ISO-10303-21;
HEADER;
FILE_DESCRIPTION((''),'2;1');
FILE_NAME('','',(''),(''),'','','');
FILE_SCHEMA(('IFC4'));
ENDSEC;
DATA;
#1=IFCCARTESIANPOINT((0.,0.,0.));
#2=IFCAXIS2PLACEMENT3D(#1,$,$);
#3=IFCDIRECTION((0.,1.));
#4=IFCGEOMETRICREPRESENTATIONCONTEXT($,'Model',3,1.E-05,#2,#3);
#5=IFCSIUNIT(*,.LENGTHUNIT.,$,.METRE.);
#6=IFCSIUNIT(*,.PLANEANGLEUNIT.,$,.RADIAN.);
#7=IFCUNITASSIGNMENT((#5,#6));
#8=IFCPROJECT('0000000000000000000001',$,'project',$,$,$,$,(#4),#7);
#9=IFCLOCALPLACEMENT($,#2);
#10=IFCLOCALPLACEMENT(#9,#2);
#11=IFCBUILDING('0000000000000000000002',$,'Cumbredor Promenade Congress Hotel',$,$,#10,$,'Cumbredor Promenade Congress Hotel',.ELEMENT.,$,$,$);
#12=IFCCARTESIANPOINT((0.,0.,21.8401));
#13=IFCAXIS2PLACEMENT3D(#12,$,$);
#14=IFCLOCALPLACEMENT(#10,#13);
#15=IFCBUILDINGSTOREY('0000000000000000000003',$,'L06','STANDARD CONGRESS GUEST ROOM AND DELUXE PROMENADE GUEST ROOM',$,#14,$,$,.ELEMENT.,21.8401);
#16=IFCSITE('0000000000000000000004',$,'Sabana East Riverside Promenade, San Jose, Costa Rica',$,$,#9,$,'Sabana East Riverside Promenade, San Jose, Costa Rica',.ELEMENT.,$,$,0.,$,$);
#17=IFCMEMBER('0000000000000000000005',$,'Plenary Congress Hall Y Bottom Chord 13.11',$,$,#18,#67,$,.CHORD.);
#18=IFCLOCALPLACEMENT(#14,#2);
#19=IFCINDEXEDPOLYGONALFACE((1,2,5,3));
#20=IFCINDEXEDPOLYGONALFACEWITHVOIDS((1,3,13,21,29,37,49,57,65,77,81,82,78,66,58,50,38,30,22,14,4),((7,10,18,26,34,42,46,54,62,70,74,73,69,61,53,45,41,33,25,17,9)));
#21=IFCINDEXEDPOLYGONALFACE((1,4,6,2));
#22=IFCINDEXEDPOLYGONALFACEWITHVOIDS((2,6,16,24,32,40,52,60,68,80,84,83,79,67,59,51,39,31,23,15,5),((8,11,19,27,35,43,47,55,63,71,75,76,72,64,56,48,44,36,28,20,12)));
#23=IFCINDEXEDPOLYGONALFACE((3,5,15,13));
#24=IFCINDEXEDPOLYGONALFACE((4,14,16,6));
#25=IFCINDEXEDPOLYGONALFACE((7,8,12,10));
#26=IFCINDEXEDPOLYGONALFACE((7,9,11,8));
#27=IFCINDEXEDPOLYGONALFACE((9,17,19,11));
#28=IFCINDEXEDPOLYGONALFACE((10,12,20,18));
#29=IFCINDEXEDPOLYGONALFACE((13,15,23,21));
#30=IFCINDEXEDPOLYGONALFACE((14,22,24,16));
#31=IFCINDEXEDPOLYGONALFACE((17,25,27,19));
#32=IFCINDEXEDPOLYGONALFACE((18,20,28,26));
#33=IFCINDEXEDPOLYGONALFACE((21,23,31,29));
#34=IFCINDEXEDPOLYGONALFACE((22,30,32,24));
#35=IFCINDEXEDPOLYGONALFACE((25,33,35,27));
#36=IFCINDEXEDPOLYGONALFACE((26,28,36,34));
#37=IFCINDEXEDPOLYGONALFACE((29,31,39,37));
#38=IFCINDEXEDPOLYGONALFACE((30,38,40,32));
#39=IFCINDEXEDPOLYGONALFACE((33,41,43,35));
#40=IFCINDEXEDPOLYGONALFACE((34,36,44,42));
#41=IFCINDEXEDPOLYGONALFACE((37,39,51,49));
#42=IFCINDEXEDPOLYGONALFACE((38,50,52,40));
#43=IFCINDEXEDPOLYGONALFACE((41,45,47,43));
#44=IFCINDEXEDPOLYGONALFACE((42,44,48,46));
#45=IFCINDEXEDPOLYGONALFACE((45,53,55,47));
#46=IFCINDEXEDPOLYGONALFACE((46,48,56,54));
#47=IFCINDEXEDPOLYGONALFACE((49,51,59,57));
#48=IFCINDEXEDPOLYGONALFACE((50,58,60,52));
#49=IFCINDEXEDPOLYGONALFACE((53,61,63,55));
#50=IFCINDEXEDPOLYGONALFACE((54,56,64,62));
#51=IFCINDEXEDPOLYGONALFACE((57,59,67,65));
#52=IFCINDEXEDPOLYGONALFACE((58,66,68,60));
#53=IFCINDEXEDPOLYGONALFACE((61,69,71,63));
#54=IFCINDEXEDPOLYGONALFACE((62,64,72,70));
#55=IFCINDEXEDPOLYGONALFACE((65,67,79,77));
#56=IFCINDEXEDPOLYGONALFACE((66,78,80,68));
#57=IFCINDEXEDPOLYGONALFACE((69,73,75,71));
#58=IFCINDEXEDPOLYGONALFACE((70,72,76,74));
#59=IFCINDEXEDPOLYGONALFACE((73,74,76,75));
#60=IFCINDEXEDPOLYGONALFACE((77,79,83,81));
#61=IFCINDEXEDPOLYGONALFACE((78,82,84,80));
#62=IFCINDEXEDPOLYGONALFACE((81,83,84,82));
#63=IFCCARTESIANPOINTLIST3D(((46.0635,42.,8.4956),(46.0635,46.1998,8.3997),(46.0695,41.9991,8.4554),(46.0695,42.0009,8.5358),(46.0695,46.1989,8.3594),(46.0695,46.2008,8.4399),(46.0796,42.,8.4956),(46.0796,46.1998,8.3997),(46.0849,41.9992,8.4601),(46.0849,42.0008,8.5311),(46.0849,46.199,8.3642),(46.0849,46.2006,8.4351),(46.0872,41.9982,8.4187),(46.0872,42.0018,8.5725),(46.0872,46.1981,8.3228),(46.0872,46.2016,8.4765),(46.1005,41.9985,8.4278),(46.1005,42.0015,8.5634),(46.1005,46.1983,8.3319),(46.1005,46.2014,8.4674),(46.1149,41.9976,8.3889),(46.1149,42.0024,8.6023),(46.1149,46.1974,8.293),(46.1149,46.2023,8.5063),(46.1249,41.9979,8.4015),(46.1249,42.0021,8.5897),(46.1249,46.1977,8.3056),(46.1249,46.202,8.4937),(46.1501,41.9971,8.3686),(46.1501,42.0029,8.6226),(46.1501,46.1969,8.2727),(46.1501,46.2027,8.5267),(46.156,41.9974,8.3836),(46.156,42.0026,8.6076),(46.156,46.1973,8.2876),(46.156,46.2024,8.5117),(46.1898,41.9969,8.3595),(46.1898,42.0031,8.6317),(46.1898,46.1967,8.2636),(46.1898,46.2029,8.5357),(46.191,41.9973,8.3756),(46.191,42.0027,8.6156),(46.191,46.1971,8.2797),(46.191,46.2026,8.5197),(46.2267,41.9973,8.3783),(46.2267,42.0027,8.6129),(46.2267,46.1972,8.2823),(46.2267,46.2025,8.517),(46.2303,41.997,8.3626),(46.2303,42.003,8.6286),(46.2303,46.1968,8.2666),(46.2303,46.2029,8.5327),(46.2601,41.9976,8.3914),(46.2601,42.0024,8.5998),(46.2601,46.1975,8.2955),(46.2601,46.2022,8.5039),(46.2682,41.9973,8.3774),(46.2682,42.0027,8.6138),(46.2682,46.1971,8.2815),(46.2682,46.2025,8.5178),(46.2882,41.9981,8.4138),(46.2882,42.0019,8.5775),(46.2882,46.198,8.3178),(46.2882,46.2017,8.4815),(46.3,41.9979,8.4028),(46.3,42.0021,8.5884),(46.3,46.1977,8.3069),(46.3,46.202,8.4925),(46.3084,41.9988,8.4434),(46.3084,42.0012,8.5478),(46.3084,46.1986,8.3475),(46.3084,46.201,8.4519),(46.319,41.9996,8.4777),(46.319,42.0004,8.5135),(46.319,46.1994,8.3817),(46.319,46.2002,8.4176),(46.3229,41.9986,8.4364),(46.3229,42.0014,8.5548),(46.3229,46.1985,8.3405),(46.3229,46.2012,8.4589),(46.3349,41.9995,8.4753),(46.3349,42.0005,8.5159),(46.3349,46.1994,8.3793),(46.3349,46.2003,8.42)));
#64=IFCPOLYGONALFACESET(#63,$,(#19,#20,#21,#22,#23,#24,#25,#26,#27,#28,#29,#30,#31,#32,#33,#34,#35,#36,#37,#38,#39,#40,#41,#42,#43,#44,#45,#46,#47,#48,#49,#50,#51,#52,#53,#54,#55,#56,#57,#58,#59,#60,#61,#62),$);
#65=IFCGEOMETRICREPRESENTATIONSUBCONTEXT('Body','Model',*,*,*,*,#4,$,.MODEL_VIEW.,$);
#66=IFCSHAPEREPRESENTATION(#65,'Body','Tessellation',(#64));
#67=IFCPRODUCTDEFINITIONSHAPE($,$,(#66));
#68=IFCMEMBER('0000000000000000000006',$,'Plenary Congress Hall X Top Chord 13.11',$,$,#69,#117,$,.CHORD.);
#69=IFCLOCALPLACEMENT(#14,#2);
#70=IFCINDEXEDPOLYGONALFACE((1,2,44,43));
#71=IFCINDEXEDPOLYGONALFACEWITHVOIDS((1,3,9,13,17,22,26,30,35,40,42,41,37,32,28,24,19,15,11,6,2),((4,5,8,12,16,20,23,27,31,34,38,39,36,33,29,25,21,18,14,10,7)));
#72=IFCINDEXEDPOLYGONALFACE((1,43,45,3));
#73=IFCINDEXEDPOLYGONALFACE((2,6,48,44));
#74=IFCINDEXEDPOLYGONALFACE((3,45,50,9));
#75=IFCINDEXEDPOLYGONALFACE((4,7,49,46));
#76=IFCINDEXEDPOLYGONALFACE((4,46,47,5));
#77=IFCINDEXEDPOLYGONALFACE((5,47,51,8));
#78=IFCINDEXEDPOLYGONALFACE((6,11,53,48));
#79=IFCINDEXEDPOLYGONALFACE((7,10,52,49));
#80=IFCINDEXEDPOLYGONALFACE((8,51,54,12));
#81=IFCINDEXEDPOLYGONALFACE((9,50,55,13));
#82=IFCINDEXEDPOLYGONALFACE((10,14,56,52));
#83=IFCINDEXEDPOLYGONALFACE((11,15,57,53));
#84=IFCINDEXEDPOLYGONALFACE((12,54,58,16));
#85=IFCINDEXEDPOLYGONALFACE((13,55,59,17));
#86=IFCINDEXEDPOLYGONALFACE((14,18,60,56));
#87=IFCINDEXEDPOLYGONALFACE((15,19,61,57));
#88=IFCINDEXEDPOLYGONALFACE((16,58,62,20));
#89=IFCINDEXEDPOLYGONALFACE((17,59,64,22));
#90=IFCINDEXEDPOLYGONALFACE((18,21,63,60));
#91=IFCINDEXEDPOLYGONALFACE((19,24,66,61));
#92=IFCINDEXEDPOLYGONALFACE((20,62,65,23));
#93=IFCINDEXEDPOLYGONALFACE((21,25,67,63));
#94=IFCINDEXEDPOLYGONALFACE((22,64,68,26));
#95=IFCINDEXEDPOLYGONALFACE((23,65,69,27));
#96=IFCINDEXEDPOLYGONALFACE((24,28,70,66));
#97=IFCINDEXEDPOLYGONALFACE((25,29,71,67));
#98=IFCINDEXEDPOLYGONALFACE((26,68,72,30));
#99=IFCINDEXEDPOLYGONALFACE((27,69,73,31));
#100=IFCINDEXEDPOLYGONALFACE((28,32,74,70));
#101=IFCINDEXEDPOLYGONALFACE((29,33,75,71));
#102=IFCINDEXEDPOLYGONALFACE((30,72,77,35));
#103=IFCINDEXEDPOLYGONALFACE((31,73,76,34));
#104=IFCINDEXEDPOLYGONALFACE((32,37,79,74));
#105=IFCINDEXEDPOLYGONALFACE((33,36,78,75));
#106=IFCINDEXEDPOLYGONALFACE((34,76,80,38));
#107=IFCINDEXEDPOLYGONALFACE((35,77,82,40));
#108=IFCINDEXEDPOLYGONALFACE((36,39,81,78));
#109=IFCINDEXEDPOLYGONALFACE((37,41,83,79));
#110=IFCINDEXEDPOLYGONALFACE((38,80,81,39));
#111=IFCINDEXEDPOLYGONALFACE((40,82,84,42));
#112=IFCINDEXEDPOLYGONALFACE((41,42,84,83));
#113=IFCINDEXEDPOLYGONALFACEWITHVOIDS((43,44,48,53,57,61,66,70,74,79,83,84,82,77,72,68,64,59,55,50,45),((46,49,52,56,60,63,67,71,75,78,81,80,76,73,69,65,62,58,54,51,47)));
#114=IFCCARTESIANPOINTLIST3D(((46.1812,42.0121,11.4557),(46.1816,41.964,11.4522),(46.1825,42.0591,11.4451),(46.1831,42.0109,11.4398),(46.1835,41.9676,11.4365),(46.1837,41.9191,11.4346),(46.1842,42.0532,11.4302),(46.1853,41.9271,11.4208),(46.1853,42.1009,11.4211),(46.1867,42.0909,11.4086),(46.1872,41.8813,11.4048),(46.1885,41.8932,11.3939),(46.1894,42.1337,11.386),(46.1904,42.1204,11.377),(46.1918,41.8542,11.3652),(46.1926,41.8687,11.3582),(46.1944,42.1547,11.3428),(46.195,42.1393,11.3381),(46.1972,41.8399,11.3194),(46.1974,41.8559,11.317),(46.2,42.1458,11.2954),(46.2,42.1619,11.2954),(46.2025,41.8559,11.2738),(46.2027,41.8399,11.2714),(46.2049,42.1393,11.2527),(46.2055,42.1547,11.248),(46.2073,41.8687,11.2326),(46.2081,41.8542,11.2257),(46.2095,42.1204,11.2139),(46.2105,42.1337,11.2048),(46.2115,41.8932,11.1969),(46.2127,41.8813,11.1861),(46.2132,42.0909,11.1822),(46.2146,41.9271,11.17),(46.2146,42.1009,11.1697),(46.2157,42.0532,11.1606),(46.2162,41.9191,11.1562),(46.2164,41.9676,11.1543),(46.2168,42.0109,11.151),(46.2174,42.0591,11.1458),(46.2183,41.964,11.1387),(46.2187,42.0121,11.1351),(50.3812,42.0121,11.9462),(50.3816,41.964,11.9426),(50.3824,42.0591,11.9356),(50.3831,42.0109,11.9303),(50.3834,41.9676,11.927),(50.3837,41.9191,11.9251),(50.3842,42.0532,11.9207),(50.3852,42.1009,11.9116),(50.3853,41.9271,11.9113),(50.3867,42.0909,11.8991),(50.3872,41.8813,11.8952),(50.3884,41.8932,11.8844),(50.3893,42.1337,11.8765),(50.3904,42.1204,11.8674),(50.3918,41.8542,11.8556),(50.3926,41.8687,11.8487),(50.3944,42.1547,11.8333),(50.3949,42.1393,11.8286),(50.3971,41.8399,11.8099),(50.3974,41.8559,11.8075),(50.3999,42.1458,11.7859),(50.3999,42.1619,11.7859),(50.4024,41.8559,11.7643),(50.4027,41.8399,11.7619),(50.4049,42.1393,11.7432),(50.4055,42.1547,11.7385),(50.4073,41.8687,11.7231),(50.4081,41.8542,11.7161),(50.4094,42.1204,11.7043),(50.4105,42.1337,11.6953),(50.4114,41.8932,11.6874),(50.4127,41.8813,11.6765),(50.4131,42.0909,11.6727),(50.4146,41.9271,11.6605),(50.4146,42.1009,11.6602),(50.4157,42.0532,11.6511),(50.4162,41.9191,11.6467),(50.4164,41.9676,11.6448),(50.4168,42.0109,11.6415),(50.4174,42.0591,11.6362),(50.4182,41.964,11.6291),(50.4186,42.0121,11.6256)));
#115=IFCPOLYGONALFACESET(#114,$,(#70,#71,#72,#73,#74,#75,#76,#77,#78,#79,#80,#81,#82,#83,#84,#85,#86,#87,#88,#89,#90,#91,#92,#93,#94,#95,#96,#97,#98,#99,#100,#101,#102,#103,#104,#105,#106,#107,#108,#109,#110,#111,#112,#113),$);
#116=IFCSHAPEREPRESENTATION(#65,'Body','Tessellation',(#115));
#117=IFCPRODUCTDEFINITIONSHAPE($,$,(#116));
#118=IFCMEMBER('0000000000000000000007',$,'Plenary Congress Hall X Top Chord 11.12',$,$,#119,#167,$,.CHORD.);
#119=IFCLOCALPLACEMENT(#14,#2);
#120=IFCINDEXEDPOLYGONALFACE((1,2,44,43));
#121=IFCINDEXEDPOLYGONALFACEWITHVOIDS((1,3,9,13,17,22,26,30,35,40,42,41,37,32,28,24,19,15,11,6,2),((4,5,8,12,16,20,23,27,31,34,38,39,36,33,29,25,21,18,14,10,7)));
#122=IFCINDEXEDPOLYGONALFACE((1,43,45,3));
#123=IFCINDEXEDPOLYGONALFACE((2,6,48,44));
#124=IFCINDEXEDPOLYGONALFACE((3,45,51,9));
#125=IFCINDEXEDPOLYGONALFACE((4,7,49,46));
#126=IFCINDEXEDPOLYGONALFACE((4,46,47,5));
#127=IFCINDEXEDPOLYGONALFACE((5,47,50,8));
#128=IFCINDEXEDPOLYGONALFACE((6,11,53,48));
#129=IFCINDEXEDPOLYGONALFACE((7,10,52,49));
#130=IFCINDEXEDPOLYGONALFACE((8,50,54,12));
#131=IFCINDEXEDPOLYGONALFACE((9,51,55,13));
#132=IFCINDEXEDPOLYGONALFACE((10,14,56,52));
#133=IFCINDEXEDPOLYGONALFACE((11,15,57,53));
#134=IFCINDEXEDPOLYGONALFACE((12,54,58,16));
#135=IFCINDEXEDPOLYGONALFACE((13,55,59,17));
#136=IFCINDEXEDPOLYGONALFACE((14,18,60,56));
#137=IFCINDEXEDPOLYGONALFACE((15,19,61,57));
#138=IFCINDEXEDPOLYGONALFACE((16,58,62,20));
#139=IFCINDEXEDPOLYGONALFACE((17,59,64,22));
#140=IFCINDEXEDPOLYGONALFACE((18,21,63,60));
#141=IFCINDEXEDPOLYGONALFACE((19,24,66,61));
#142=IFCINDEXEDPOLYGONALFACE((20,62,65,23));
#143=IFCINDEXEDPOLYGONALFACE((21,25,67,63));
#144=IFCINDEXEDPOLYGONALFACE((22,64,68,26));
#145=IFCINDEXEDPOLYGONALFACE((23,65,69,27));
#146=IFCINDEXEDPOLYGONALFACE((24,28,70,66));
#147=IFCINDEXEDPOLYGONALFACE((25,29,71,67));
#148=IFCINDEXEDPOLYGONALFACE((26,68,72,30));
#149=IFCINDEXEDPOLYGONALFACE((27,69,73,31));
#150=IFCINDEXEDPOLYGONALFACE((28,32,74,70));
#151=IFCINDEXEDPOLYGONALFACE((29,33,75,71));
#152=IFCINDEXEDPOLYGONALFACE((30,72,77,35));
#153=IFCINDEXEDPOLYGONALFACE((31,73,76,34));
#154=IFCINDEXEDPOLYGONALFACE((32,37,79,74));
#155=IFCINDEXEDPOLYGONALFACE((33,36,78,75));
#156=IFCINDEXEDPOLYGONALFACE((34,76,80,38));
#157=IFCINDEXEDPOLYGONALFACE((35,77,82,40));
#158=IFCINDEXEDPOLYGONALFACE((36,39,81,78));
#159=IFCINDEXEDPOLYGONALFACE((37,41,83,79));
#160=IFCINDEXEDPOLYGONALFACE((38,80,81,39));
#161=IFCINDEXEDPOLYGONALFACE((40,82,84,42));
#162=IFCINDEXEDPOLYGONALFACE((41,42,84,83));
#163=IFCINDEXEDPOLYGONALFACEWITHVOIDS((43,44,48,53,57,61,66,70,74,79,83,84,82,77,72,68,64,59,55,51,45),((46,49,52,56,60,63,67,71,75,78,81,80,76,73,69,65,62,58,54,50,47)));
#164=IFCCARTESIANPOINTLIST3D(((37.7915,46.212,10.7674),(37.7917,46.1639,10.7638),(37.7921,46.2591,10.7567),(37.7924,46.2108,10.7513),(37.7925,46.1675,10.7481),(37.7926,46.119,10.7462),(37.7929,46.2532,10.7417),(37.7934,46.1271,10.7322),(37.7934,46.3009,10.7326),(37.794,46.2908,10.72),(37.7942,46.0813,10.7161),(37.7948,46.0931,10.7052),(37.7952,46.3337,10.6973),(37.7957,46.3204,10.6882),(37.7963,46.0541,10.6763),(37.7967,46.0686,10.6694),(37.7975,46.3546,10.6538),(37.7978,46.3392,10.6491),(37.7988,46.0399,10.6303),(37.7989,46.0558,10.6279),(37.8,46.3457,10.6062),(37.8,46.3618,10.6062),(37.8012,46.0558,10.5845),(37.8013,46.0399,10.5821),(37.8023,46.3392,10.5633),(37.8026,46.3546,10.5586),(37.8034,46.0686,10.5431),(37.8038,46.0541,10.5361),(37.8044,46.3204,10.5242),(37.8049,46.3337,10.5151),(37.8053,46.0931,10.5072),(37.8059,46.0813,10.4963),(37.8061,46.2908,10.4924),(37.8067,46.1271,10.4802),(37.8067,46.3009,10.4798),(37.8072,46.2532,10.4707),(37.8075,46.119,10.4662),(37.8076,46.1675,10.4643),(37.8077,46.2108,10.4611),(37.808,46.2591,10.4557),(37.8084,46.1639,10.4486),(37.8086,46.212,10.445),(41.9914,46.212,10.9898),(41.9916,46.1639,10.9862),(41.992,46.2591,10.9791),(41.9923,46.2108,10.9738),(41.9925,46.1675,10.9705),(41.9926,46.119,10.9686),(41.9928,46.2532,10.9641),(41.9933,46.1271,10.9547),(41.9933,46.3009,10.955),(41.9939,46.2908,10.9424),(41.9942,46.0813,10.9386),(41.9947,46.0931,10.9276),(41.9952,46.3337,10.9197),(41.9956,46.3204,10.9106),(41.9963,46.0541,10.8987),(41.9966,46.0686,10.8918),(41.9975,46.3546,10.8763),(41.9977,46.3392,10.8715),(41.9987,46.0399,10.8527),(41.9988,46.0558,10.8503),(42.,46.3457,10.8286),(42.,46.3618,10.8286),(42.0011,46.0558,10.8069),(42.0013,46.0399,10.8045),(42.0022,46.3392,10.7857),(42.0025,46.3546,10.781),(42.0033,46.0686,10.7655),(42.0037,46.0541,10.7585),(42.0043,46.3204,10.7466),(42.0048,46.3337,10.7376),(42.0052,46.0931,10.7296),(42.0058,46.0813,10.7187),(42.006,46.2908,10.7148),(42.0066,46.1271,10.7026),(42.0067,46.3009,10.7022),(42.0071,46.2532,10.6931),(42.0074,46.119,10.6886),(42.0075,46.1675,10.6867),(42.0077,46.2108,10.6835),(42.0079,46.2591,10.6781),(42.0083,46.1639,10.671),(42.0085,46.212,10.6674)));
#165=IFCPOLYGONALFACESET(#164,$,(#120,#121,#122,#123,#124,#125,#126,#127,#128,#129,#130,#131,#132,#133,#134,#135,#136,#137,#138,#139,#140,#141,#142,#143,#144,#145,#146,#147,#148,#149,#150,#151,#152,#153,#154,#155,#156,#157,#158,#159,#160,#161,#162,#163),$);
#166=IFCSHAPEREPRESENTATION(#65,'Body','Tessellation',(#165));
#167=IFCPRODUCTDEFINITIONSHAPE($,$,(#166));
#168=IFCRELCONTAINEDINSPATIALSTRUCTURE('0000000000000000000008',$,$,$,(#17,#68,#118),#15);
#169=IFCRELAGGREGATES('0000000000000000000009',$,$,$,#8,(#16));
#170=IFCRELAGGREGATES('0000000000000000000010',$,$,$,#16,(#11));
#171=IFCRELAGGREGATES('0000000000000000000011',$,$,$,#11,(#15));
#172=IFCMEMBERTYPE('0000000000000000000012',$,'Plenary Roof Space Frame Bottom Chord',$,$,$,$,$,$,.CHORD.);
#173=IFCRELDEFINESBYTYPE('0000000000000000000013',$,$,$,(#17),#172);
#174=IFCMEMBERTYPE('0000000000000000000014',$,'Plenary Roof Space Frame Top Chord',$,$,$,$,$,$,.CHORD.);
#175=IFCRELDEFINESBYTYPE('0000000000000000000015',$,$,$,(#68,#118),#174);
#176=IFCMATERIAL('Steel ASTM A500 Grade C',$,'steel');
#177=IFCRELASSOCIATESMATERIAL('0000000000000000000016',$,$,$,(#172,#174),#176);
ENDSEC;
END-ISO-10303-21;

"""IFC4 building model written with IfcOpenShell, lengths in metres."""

from ifc_helpers import new_model, si_unit, direction, frame, origin, origin_2d, place, context, subcontext, project, spatial, hollow_circle, extrude, material, material_profile, profile_set, type_object, element, save


model = new_model("IFC4")

# Units and contexts
model_context = context("Model", 3, precision=1e-05, world=origin(), true_north=direction((0.0, 1.0)))
body_context = subcontext(model_context, "Body", "Model", "MODEL_VIEW")
ifc_project = project(units=[si_unit("LENGTHUNIT", "METRE"), si_unit("PLANEANGLEUNIT", "RADIAN")], contexts=[model_context])

# Site, building, storey
site_placement = place(None, origin())
site = spatial("IfcSite", under=ifc_project, at=site_placement, Name="Sabana East Riverside Promenade, San Jose, Costa Rica", LongName="Sabana East Riverside Promenade, San Jose, Costa Rica", CompositionType="ELEMENT", RefElevation=0.0)
building_placement = place(site_placement, origin())
building = spatial("IfcBuilding", under=site, at=building_placement, Name="Cumbredor Promenade Congress Hotel", LongName="Cumbredor Promenade Congress Hotel", CompositionType="ELEMENT")
storey_placement = place(building_placement, frame((0.0, 0.0, 21.8401)))
storey = spatial("IfcBuildingStorey", under=building, at=storey_placement, Name="L06", Description="STANDARD CONGRESS GUEST ROOM AND DELUXE PROMENADE GUEST ROOM", CompositionType="ELEMENT", Elevation=21.8401)

# Members
ifc_material_1 = material(Name="Steel ASTM A500 Grade C", Category="steel")
ifc_material_profile_1 = material_profile(ifc_material_1, hollow_circle(Radius=0.1365, WallThickness=0.0161, at=origin_2d()), Name="CHS 273.0x16")
ifc_profile_set_1 = profile_set([ifc_material_profile_1], Name="Steel ASTM A500 Grade C")
member_type_1 = type_object("IfcMemberType", Name="Plenary Roof Space Frame Bottom Chord", PredefinedType="CHORD", material=ifc_profile_set_1)
member_1_placement = place(storey_placement, frame((46.2, 42.0, 8.4956), z_axis=(0.0, 0.999739, -0.022839), x_axis=(-1.0, 0.0, 0.0)))
element("IfcMember", 1, at=member_1_placement, inside=storey, type_object=member_type_1, Name="Plenary Congress Hall Y Bottom Chord 13.11", PredefinedType="CHORD", context=body_context, shape_type="SweptSolid", body=[
    extrude(hollow_circle(Radius=0.1365, WallThickness=0.0161, at=origin_2d()), origin(), (0.0, 0.0, 1.0), 4.2009),
])
ifc_material_profile_2 = material_profile(ifc_material_1, hollow_circle(Radius=0.1619, WallThickness=0.0161, at=origin_2d()), Name="CHS 323.9x16")
ifc_profile_set_2 = profile_set([ifc_material_profile_2], Name="Steel ASTM A500 Grade C")
member_type_2 = type_object("IfcMemberType", Name="Plenary Roof Space Frame Top Chord", PredefinedType="CHORD", material=ifc_profile_set_2)
member_2_placement = place(storey_placement, frame((46.2, 42.0, 11.2954), z_axis=(0.99325, 0.0, 0.115994), x_axis=(0.0, 1.0, 0.0)))
element("IfcMember", 2, at=member_2_placement, inside=storey, type_object=member_type_2, Name="Plenary Congress Hall X Top Chord 13.11", PredefinedType="CHORD", context=body_context, shape_type="SweptSolid", body=[
    extrude(hollow_circle(Radius=0.1619, WallThickness=0.0161, at=origin_2d()), origin(), (0.0, 0.0, 1.0), 4.2285),
])
member_3_placement = place(storey_placement, frame((37.8, 46.2, 10.6062), z_axis=(0.998601, 0.0, 0.052882), x_axis=(0.0, 1.0, 0.0)))
element("IfcMember", 3, at=member_3_placement, inside=storey, type_object=member_type_2, Name="Plenary Congress Hall X Top Chord 11.12", PredefinedType="CHORD", context=body_context, shape_type="SweptSolid", body=[
    extrude(hollow_circle(Radius=0.1619, WallThickness=0.0161, at=origin_2d()), origin(), (0.0, 0.0, 1.0), 4.2058),
])

save(model, "model.ifc")
